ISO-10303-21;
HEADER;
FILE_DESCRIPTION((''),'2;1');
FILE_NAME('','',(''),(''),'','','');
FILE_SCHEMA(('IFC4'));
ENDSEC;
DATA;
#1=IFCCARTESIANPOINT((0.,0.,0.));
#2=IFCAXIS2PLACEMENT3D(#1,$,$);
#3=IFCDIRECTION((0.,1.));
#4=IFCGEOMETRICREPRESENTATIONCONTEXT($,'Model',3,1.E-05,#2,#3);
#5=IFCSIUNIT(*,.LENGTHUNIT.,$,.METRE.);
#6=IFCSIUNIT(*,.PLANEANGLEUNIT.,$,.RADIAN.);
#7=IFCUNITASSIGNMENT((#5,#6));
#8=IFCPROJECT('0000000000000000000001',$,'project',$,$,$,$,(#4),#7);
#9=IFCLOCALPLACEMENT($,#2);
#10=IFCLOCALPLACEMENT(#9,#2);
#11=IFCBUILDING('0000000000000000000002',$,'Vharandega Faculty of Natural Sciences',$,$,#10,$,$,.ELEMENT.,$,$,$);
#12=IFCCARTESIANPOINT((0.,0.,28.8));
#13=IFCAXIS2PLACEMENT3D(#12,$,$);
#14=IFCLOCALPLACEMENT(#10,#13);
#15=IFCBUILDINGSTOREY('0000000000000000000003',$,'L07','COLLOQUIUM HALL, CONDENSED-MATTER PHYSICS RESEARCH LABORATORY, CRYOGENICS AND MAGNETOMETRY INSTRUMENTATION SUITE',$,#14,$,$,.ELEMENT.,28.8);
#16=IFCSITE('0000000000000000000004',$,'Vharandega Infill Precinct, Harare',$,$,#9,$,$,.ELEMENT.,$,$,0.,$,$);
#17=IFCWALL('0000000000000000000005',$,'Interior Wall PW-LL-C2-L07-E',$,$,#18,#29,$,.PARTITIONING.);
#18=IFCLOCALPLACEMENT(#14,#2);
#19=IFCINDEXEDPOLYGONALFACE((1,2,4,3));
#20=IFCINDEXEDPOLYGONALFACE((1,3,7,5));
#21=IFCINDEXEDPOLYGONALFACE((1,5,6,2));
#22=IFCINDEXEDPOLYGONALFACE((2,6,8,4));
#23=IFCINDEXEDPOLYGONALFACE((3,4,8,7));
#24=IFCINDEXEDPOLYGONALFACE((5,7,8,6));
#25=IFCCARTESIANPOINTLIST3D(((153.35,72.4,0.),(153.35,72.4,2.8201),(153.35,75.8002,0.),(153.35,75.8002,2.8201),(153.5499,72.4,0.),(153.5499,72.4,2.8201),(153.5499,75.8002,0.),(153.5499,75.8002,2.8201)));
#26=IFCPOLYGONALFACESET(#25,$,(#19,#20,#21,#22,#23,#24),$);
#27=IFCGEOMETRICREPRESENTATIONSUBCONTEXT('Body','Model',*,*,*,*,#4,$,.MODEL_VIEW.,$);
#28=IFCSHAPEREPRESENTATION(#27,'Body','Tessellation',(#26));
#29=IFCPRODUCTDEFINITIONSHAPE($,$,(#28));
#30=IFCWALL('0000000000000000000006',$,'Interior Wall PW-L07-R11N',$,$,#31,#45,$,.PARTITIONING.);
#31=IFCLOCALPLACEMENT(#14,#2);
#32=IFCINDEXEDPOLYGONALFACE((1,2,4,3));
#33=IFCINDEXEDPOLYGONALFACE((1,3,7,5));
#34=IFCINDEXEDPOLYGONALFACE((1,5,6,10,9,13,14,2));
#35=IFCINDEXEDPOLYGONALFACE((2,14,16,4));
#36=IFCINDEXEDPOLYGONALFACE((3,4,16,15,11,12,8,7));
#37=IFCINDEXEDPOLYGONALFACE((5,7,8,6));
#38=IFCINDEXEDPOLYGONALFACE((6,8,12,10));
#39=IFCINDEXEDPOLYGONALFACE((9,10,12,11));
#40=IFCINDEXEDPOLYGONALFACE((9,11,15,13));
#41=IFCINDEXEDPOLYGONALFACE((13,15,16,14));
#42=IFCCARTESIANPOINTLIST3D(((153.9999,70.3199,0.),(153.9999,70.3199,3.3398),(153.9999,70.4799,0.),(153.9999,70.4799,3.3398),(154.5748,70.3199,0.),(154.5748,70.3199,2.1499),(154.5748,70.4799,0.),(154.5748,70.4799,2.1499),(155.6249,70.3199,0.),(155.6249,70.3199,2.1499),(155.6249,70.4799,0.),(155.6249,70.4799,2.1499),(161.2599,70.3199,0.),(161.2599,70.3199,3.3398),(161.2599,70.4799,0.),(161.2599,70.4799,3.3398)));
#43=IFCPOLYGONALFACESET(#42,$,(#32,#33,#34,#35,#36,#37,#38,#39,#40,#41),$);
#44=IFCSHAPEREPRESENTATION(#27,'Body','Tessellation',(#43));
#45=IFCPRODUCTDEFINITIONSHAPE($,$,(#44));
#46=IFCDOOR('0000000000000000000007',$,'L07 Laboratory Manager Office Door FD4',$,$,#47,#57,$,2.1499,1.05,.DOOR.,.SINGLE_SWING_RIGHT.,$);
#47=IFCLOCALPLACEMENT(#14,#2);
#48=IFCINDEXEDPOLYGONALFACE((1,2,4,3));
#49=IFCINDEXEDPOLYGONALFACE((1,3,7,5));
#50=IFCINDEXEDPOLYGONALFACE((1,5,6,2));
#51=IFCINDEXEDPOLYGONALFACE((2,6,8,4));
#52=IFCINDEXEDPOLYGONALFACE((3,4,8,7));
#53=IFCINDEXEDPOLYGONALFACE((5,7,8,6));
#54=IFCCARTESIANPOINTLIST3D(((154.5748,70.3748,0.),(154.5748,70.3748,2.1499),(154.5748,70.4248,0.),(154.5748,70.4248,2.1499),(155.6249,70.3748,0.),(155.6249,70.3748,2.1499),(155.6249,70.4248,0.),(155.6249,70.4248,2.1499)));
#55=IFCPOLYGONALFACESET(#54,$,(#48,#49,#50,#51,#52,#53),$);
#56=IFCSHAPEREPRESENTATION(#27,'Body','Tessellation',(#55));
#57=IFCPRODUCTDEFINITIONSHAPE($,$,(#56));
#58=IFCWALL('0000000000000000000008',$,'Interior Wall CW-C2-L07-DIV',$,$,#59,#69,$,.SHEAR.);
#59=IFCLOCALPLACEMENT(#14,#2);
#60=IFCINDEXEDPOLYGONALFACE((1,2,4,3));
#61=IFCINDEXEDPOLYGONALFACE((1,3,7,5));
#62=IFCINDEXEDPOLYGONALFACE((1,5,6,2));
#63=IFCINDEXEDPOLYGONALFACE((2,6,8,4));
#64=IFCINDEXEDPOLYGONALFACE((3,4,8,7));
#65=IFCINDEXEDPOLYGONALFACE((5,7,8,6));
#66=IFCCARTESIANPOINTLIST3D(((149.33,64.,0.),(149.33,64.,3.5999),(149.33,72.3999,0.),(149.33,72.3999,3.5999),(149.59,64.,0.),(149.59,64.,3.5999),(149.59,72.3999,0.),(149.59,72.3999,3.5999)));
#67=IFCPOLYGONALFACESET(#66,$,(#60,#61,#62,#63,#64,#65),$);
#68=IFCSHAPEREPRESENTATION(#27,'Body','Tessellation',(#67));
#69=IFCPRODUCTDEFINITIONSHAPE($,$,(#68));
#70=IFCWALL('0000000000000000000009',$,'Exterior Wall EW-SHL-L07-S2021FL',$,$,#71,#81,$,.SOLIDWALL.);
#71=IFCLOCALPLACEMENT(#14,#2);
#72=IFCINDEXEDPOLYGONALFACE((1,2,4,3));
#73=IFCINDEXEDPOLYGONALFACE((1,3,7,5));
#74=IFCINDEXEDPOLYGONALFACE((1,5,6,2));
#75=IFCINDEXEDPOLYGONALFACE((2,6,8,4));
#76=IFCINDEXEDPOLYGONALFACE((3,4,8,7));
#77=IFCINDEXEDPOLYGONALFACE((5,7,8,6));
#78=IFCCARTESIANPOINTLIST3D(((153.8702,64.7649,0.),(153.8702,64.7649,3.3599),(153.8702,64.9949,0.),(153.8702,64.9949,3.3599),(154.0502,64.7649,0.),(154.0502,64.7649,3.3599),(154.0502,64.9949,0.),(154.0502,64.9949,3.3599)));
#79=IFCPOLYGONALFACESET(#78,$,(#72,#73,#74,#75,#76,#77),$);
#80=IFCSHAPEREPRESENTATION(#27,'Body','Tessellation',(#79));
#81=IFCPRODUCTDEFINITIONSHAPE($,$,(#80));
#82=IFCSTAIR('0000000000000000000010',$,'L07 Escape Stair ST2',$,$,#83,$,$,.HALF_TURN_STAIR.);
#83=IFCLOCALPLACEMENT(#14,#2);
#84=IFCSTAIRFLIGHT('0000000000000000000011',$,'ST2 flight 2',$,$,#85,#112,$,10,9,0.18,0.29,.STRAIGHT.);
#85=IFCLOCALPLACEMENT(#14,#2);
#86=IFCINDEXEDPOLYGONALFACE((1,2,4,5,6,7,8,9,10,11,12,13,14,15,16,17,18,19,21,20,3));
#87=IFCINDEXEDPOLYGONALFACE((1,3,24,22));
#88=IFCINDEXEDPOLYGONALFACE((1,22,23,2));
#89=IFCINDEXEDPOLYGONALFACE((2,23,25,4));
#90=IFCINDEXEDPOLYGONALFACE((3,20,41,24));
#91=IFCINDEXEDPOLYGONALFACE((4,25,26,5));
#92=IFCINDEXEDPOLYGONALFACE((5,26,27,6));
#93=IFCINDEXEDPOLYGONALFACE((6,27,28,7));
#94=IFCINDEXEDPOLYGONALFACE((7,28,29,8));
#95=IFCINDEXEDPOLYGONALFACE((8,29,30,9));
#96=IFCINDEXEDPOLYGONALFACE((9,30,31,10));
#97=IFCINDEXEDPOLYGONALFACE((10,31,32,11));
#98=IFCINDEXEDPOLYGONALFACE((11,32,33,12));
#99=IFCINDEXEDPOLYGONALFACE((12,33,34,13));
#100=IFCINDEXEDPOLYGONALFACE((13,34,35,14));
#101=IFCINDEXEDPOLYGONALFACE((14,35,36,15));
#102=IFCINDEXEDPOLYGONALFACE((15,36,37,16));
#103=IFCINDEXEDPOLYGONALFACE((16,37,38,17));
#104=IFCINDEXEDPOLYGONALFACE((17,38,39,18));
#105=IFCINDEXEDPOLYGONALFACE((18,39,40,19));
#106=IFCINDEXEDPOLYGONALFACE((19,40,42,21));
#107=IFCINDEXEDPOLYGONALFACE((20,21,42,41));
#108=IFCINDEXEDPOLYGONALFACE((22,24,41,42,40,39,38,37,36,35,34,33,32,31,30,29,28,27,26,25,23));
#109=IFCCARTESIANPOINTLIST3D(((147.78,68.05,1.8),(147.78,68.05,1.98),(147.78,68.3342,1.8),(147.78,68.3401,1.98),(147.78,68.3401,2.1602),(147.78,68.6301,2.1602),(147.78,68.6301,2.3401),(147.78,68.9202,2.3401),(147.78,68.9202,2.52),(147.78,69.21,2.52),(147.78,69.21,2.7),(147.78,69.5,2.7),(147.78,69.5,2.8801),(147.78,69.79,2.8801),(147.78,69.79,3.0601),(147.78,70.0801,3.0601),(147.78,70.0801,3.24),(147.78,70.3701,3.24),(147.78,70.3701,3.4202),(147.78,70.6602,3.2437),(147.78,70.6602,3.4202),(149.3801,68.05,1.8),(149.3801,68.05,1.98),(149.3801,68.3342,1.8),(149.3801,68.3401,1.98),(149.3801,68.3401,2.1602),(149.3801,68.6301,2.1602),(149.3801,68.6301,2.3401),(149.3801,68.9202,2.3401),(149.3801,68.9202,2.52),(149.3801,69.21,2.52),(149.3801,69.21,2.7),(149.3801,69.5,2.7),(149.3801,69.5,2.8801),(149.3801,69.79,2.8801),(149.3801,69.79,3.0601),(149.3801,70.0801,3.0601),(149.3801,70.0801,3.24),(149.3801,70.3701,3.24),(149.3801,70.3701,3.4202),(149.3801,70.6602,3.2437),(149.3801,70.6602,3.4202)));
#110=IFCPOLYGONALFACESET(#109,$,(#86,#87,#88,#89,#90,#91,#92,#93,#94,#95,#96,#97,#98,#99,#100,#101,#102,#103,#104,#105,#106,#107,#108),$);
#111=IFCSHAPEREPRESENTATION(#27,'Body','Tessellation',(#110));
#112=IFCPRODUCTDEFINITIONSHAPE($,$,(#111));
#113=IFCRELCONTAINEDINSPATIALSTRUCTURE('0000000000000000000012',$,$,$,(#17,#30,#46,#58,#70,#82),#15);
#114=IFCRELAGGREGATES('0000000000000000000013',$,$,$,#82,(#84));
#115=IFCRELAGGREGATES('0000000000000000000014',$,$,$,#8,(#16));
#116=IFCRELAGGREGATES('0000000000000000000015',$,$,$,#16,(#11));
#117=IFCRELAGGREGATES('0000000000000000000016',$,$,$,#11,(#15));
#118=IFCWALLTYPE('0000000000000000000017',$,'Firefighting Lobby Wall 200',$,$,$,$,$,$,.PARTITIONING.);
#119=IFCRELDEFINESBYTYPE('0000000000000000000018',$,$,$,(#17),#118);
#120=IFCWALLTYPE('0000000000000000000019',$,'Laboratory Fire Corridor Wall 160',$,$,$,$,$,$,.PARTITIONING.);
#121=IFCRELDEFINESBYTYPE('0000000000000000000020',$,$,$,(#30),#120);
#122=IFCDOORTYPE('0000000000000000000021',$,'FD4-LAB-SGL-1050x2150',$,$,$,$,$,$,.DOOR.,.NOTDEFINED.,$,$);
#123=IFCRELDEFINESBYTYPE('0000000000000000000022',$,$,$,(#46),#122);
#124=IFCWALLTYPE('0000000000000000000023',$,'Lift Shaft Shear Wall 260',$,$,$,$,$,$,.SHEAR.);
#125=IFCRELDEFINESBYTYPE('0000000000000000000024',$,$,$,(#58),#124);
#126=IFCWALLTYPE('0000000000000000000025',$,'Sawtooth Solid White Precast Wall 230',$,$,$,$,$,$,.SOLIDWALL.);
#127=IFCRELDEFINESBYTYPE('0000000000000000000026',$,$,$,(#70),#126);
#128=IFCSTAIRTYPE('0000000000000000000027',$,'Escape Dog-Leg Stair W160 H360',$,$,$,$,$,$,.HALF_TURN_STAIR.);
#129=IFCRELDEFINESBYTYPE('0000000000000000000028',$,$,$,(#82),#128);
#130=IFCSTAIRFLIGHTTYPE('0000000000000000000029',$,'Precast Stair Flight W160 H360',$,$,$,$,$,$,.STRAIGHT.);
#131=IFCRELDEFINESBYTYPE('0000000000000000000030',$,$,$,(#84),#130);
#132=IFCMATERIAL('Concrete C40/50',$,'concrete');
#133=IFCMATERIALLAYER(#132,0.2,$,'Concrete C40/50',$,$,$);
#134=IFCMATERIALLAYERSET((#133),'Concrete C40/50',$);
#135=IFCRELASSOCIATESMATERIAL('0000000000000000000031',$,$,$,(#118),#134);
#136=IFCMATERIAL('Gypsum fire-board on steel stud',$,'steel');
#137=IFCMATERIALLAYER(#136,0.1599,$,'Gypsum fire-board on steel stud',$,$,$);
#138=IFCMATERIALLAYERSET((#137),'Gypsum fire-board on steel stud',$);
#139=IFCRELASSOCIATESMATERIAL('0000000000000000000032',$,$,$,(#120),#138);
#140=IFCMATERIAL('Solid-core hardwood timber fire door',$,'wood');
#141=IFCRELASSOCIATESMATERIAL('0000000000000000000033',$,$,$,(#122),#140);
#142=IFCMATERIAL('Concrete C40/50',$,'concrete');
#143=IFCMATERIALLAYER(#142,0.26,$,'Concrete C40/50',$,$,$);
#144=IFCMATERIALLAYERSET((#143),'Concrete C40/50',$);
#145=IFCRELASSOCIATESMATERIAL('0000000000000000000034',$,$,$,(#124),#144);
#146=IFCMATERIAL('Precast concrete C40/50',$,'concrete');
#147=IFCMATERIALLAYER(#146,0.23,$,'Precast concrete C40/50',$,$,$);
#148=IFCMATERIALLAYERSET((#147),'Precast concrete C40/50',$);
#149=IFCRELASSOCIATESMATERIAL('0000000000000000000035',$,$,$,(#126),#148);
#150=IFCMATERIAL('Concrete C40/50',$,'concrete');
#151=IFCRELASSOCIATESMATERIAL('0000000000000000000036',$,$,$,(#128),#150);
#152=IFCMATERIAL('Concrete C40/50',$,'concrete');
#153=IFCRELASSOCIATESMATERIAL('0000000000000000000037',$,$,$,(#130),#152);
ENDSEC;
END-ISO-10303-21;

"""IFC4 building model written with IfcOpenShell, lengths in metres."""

from ifc_helpers import new_model, si_unit, direction, frame, frame_2d, origin, place, context, subcontext, project, spatial, polyline, rectangle, outline, extrude, material, layer, layer_set, type_object, element, fill, aggregate, save


model = new_model("IFC4")

# Units and contexts
model_context = context("Model", 3, precision=1e-05, world=origin(), true_north=direction((0.0, 1.0)))
body_context = subcontext(model_context, "Body", "Model", "MODEL_VIEW")
ifc_project = project(units=[si_unit("LENGTHUNIT", "METRE"), si_unit("PLANEANGLEUNIT", "RADIAN")], contexts=[model_context])

# Site, building, storey
site_placement = place(None, origin())
site = spatial("IfcSite", under=ifc_project, at=site_placement, Name="Vharandega Infill Precinct, Harare", CompositionType="ELEMENT", RefElevation=0.0)
building_placement = place(site_placement, origin())
building = spatial("IfcBuilding", under=site, at=building_placement, Name="Vharandega Faculty of Natural Sciences", CompositionType="ELEMENT")
storey_placement = place(building_placement, frame((0.0, 0.0, 28.8)))
storey = spatial("IfcBuildingStorey", under=building, at=storey_placement, Name="L07", Description="COLLOQUIUM HALL, CONDENSED-MATTER PHYSICS RESEARCH LABORATORY, CRYOGENICS AND MAGNETOMETRY INSTRUMENTATION SUITE", CompositionType="ELEMENT", Elevation=28.8)

# Shared definitions
ifc_material_1 = material(Name="Concrete C40/50", Category="concrete")
ifc_layer_1 = layer(ifc_material_1, 0.2, Name="Concrete C40/50")
ifc_layer_set_1 = layer_set([ifc_layer_1], Name="Concrete C40/50")
wall_type_1 = type_object("IfcWallType", Name="Firefighting Lobby Wall 200", PredefinedType="PARTITIONING", material=ifc_layer_set_1)

# Wall
wall_1_placement = place(storey_placement, frame((153.45, 72.3999, 0.0), z_axis=(0.0, 0.0, 1.0), x_axis=(0.0, 1.0, 0.0)))
element("IfcWall", 1, at=wall_1_placement, inside=storey, type_object=wall_type_1, Name="Interior Wall PW-LL-C2-L07-E", PredefinedType="PARTITIONING", context=body_context, shape_type="SweptSolid", body=[
    extrude(rectangle(XDim=3.4001, YDim=0.2, at=frame_2d((1.7002, 0.0))), origin(), (0.0, 0.0, 1.0), 2.8201),
])

# Wall, opening, door
ifc_material_2 = material(Name="Gypsum fire-board on steel stud", Category="steel")
ifc_layer_2 = layer(ifc_material_2, 0.1599, Name="Gypsum fire-board on steel stud")
ifc_layer_set_2 = layer_set([ifc_layer_2], Name="Gypsum fire-board on steel stud")
wall_type_2 = type_object("IfcWallType", Name="Laboratory Fire Corridor Wall 160", PredefinedType="PARTITIONING", material=ifc_layer_set_2)
wall_2_placement = place(storey_placement, frame((154.0, 70.3999, 0.0), z_axis=(0.0, 0.0, 1.0), x_axis=(1.0, 0.0, 0.0)))
wall_2 = element("IfcWall", 2, at=wall_2_placement, inside=storey, type_object=wall_type_2, Name="Interior Wall PW-L07-R11N", PredefinedType="PARTITIONING", context=body_context, shape_type="SweptSolid", body=[
    extrude(rectangle(XDim=7.26, YDim=0.1599, at=frame_2d((3.6299, 0.0))), origin(), (0.0, 0.0, 1.0), 3.3398),
])
opening_1_placement = place(wall_2_placement, frame((0.575, 0.0, 0.0)))
opening_1 = element("IfcOpeningElement", 3, at=opening_1_placement, cuts=wall_2, PredefinedType="OPENING", context=body_context, shape_type="SweptSolid", body=[
    extrude(rectangle(XDim=1.05, YDim=2.1499, at=frame_2d((0.5249, 1.075))), frame((0.0, 0.0898, 0.0), z_axis=(0.0, -1.0, 0.0), x_axis=(1.0, 0.0, 0.0)), (0.0, 0.0, 1.0), 0.1799),
])
ifc_material_3 = material(Name="Solid-core hardwood timber fire door", Category="wood")
door_type_1 = type_object("IfcDoorType", Name="FD4-LAB-SGL-1050x2150", OperationType="NOTDEFINED", PredefinedType="DOOR", material=ifc_material_3)
door_1_placement = place(opening_1_placement, origin())
door_1 = element("IfcDoor", 4, at=door_1_placement, inside=storey, type_object=door_type_1, Name="L07 Laboratory Manager Office Door FD4", OperationType="SINGLE_SWING_RIGHT", OverallHeight=2.1499, OverallWidth=1.05, PredefinedType="DOOR", context=body_context, shape_type="SweptSolid", body=[
    extrude(rectangle(XDim=1.05, YDim=2.1499, at=frame_2d((0.5249, 1.075))), frame((0.0, 0.0249, 0.0), z_axis=(0.0, -1.0, 0.0), x_axis=(1.0, 0.0, 0.0)), (0.0, 0.0, 1.0), 0.05),
])
fill(opening_1, door_1)

# Walls
ifc_material_4 = material(Name="Concrete C40/50", Category="concrete")
ifc_layer_3 = layer(ifc_material_4, 0.26, Name="Concrete C40/50")
ifc_layer_set_3 = layer_set([ifc_layer_3], Name="Concrete C40/50")
wall_type_3 = type_object("IfcWallType", Name="Lift Shaft Shear Wall 260", PredefinedType="SHEAR", material=ifc_layer_set_3)
wall_3_placement = place(storey_placement, frame((149.46, 64.0, 0.0), z_axis=(0.0, 0.0, 1.0), x_axis=(0.0, 1.0, 0.0)))
element("IfcWall", 5, at=wall_3_placement, inside=storey, type_object=wall_type_3, Name="Interior Wall CW-C2-L07-DIV", PredefinedType="SHEAR", context=body_context, shape_type="SweptSolid", body=[
    extrude(rectangle(XDim=8.3999, YDim=0.26, at=frame_2d((4.2, 0.0))), origin(), (0.0, 0.0, 1.0), 3.5999),
])
ifc_material_5 = material(Name="Precast concrete C40/50", Category="concrete")
ifc_layer_4 = layer(ifc_material_5, 0.23, Name="Precast concrete C40/50")
ifc_layer_set_4 = layer_set([ifc_layer_4], Name="Precast concrete C40/50")
wall_type_4 = type_object("IfcWallType", Name="Sawtooth Solid White Precast Wall 230", PredefinedType="SOLIDWALL", material=ifc_layer_set_4)
wall_4_placement = place(storey_placement, frame((154.05, 64.8799, 0.0), z_axis=(0.0, 0.0, 1.0), x_axis=(-1.0, 0.0, 0.0)))
element("IfcWall", 6, at=wall_4_placement, inside=storey, type_object=wall_type_4, Name="Exterior Wall EW-SHL-L07-S2021FL", PredefinedType="SOLIDWALL", context=body_context, shape_type="SweptSolid", body=[
    extrude(rectangle(XDim=0.1799, YDim=0.23, at=frame_2d((0.0898, 0.0))), origin(), (0.0, 0.0, 1.0), 3.3599),
])

# Stair, stair flight
ifc_material_6 = material(Name="Concrete C40/50", Category="concrete")
stair_type = type_object("IfcStairType", Name="Escape Dog-Leg Stair W160 H360", PredefinedType="HALF_TURN_STAIR", material=ifc_material_6)
stair_placement = place(storey_placement, origin())
stair = element("IfcStair", 7, at=stair_placement, inside=storey, type_object=stair_type, Name="L07 Escape Stair ST2", PredefinedType="HALF_TURN_STAIR")
ifc_material_7 = material(Name="Concrete C40/50", Category="concrete")
stair_flight_type = type_object("IfcStairFlightType", Name="Precast Stair Flight W160 H360", PredefinedType="STRAIGHT", material=ifc_material_7)
stair_flight_placement = place(storey_placement, frame((148.5801, 68.05, 1.8), z_axis=(0.0, 0.0, 1.0), x_axis=(0.0, 1.0, 0.0)))
stair_flight = element("IfcStairFlight", 8, at=stair_flight_placement, type_object=stair_flight_type, Name="ST2 flight 2", NumberOfRisers=10, NumberOfTreads=9, PredefinedType="STRAIGHT", RiserHeight=0.18, TreadLength=0.29, context=body_context, shape_type="SweptSolid", body=[
    extrude(outline(polyline([(0.0, 0.0), (0.0, 0.1799), (0.29, 0.1799), (0.29, 0.3601), (0.5801, 0.3601), (0.5801, 0.54), (0.8701, 0.54), (0.8701, 0.72), (1.1599, 0.72), (1.1599, 0.8999), (1.45, 0.8999), (1.45, 1.0801), (1.74, 1.0801), (1.74, 1.26), (2.03, 1.26), (2.03, 1.4399), (2.3201, 1.4399), (2.3201, 1.6201), (2.6101, 1.6201), (2.6101, 1.8), (2.6101, 1.4436), (0.2842, 0.0), (0.0, 0.0)])), frame((0.0, 0.8, 0.0), z_axis=(0.0, -1.0, 0.0), x_axis=(1.0, 0.0, 0.0)), (0.0, 0.0, 1.0), 1.6001),
])
aggregate(stair, [stair_flight])

save(model, "model.ifc")
